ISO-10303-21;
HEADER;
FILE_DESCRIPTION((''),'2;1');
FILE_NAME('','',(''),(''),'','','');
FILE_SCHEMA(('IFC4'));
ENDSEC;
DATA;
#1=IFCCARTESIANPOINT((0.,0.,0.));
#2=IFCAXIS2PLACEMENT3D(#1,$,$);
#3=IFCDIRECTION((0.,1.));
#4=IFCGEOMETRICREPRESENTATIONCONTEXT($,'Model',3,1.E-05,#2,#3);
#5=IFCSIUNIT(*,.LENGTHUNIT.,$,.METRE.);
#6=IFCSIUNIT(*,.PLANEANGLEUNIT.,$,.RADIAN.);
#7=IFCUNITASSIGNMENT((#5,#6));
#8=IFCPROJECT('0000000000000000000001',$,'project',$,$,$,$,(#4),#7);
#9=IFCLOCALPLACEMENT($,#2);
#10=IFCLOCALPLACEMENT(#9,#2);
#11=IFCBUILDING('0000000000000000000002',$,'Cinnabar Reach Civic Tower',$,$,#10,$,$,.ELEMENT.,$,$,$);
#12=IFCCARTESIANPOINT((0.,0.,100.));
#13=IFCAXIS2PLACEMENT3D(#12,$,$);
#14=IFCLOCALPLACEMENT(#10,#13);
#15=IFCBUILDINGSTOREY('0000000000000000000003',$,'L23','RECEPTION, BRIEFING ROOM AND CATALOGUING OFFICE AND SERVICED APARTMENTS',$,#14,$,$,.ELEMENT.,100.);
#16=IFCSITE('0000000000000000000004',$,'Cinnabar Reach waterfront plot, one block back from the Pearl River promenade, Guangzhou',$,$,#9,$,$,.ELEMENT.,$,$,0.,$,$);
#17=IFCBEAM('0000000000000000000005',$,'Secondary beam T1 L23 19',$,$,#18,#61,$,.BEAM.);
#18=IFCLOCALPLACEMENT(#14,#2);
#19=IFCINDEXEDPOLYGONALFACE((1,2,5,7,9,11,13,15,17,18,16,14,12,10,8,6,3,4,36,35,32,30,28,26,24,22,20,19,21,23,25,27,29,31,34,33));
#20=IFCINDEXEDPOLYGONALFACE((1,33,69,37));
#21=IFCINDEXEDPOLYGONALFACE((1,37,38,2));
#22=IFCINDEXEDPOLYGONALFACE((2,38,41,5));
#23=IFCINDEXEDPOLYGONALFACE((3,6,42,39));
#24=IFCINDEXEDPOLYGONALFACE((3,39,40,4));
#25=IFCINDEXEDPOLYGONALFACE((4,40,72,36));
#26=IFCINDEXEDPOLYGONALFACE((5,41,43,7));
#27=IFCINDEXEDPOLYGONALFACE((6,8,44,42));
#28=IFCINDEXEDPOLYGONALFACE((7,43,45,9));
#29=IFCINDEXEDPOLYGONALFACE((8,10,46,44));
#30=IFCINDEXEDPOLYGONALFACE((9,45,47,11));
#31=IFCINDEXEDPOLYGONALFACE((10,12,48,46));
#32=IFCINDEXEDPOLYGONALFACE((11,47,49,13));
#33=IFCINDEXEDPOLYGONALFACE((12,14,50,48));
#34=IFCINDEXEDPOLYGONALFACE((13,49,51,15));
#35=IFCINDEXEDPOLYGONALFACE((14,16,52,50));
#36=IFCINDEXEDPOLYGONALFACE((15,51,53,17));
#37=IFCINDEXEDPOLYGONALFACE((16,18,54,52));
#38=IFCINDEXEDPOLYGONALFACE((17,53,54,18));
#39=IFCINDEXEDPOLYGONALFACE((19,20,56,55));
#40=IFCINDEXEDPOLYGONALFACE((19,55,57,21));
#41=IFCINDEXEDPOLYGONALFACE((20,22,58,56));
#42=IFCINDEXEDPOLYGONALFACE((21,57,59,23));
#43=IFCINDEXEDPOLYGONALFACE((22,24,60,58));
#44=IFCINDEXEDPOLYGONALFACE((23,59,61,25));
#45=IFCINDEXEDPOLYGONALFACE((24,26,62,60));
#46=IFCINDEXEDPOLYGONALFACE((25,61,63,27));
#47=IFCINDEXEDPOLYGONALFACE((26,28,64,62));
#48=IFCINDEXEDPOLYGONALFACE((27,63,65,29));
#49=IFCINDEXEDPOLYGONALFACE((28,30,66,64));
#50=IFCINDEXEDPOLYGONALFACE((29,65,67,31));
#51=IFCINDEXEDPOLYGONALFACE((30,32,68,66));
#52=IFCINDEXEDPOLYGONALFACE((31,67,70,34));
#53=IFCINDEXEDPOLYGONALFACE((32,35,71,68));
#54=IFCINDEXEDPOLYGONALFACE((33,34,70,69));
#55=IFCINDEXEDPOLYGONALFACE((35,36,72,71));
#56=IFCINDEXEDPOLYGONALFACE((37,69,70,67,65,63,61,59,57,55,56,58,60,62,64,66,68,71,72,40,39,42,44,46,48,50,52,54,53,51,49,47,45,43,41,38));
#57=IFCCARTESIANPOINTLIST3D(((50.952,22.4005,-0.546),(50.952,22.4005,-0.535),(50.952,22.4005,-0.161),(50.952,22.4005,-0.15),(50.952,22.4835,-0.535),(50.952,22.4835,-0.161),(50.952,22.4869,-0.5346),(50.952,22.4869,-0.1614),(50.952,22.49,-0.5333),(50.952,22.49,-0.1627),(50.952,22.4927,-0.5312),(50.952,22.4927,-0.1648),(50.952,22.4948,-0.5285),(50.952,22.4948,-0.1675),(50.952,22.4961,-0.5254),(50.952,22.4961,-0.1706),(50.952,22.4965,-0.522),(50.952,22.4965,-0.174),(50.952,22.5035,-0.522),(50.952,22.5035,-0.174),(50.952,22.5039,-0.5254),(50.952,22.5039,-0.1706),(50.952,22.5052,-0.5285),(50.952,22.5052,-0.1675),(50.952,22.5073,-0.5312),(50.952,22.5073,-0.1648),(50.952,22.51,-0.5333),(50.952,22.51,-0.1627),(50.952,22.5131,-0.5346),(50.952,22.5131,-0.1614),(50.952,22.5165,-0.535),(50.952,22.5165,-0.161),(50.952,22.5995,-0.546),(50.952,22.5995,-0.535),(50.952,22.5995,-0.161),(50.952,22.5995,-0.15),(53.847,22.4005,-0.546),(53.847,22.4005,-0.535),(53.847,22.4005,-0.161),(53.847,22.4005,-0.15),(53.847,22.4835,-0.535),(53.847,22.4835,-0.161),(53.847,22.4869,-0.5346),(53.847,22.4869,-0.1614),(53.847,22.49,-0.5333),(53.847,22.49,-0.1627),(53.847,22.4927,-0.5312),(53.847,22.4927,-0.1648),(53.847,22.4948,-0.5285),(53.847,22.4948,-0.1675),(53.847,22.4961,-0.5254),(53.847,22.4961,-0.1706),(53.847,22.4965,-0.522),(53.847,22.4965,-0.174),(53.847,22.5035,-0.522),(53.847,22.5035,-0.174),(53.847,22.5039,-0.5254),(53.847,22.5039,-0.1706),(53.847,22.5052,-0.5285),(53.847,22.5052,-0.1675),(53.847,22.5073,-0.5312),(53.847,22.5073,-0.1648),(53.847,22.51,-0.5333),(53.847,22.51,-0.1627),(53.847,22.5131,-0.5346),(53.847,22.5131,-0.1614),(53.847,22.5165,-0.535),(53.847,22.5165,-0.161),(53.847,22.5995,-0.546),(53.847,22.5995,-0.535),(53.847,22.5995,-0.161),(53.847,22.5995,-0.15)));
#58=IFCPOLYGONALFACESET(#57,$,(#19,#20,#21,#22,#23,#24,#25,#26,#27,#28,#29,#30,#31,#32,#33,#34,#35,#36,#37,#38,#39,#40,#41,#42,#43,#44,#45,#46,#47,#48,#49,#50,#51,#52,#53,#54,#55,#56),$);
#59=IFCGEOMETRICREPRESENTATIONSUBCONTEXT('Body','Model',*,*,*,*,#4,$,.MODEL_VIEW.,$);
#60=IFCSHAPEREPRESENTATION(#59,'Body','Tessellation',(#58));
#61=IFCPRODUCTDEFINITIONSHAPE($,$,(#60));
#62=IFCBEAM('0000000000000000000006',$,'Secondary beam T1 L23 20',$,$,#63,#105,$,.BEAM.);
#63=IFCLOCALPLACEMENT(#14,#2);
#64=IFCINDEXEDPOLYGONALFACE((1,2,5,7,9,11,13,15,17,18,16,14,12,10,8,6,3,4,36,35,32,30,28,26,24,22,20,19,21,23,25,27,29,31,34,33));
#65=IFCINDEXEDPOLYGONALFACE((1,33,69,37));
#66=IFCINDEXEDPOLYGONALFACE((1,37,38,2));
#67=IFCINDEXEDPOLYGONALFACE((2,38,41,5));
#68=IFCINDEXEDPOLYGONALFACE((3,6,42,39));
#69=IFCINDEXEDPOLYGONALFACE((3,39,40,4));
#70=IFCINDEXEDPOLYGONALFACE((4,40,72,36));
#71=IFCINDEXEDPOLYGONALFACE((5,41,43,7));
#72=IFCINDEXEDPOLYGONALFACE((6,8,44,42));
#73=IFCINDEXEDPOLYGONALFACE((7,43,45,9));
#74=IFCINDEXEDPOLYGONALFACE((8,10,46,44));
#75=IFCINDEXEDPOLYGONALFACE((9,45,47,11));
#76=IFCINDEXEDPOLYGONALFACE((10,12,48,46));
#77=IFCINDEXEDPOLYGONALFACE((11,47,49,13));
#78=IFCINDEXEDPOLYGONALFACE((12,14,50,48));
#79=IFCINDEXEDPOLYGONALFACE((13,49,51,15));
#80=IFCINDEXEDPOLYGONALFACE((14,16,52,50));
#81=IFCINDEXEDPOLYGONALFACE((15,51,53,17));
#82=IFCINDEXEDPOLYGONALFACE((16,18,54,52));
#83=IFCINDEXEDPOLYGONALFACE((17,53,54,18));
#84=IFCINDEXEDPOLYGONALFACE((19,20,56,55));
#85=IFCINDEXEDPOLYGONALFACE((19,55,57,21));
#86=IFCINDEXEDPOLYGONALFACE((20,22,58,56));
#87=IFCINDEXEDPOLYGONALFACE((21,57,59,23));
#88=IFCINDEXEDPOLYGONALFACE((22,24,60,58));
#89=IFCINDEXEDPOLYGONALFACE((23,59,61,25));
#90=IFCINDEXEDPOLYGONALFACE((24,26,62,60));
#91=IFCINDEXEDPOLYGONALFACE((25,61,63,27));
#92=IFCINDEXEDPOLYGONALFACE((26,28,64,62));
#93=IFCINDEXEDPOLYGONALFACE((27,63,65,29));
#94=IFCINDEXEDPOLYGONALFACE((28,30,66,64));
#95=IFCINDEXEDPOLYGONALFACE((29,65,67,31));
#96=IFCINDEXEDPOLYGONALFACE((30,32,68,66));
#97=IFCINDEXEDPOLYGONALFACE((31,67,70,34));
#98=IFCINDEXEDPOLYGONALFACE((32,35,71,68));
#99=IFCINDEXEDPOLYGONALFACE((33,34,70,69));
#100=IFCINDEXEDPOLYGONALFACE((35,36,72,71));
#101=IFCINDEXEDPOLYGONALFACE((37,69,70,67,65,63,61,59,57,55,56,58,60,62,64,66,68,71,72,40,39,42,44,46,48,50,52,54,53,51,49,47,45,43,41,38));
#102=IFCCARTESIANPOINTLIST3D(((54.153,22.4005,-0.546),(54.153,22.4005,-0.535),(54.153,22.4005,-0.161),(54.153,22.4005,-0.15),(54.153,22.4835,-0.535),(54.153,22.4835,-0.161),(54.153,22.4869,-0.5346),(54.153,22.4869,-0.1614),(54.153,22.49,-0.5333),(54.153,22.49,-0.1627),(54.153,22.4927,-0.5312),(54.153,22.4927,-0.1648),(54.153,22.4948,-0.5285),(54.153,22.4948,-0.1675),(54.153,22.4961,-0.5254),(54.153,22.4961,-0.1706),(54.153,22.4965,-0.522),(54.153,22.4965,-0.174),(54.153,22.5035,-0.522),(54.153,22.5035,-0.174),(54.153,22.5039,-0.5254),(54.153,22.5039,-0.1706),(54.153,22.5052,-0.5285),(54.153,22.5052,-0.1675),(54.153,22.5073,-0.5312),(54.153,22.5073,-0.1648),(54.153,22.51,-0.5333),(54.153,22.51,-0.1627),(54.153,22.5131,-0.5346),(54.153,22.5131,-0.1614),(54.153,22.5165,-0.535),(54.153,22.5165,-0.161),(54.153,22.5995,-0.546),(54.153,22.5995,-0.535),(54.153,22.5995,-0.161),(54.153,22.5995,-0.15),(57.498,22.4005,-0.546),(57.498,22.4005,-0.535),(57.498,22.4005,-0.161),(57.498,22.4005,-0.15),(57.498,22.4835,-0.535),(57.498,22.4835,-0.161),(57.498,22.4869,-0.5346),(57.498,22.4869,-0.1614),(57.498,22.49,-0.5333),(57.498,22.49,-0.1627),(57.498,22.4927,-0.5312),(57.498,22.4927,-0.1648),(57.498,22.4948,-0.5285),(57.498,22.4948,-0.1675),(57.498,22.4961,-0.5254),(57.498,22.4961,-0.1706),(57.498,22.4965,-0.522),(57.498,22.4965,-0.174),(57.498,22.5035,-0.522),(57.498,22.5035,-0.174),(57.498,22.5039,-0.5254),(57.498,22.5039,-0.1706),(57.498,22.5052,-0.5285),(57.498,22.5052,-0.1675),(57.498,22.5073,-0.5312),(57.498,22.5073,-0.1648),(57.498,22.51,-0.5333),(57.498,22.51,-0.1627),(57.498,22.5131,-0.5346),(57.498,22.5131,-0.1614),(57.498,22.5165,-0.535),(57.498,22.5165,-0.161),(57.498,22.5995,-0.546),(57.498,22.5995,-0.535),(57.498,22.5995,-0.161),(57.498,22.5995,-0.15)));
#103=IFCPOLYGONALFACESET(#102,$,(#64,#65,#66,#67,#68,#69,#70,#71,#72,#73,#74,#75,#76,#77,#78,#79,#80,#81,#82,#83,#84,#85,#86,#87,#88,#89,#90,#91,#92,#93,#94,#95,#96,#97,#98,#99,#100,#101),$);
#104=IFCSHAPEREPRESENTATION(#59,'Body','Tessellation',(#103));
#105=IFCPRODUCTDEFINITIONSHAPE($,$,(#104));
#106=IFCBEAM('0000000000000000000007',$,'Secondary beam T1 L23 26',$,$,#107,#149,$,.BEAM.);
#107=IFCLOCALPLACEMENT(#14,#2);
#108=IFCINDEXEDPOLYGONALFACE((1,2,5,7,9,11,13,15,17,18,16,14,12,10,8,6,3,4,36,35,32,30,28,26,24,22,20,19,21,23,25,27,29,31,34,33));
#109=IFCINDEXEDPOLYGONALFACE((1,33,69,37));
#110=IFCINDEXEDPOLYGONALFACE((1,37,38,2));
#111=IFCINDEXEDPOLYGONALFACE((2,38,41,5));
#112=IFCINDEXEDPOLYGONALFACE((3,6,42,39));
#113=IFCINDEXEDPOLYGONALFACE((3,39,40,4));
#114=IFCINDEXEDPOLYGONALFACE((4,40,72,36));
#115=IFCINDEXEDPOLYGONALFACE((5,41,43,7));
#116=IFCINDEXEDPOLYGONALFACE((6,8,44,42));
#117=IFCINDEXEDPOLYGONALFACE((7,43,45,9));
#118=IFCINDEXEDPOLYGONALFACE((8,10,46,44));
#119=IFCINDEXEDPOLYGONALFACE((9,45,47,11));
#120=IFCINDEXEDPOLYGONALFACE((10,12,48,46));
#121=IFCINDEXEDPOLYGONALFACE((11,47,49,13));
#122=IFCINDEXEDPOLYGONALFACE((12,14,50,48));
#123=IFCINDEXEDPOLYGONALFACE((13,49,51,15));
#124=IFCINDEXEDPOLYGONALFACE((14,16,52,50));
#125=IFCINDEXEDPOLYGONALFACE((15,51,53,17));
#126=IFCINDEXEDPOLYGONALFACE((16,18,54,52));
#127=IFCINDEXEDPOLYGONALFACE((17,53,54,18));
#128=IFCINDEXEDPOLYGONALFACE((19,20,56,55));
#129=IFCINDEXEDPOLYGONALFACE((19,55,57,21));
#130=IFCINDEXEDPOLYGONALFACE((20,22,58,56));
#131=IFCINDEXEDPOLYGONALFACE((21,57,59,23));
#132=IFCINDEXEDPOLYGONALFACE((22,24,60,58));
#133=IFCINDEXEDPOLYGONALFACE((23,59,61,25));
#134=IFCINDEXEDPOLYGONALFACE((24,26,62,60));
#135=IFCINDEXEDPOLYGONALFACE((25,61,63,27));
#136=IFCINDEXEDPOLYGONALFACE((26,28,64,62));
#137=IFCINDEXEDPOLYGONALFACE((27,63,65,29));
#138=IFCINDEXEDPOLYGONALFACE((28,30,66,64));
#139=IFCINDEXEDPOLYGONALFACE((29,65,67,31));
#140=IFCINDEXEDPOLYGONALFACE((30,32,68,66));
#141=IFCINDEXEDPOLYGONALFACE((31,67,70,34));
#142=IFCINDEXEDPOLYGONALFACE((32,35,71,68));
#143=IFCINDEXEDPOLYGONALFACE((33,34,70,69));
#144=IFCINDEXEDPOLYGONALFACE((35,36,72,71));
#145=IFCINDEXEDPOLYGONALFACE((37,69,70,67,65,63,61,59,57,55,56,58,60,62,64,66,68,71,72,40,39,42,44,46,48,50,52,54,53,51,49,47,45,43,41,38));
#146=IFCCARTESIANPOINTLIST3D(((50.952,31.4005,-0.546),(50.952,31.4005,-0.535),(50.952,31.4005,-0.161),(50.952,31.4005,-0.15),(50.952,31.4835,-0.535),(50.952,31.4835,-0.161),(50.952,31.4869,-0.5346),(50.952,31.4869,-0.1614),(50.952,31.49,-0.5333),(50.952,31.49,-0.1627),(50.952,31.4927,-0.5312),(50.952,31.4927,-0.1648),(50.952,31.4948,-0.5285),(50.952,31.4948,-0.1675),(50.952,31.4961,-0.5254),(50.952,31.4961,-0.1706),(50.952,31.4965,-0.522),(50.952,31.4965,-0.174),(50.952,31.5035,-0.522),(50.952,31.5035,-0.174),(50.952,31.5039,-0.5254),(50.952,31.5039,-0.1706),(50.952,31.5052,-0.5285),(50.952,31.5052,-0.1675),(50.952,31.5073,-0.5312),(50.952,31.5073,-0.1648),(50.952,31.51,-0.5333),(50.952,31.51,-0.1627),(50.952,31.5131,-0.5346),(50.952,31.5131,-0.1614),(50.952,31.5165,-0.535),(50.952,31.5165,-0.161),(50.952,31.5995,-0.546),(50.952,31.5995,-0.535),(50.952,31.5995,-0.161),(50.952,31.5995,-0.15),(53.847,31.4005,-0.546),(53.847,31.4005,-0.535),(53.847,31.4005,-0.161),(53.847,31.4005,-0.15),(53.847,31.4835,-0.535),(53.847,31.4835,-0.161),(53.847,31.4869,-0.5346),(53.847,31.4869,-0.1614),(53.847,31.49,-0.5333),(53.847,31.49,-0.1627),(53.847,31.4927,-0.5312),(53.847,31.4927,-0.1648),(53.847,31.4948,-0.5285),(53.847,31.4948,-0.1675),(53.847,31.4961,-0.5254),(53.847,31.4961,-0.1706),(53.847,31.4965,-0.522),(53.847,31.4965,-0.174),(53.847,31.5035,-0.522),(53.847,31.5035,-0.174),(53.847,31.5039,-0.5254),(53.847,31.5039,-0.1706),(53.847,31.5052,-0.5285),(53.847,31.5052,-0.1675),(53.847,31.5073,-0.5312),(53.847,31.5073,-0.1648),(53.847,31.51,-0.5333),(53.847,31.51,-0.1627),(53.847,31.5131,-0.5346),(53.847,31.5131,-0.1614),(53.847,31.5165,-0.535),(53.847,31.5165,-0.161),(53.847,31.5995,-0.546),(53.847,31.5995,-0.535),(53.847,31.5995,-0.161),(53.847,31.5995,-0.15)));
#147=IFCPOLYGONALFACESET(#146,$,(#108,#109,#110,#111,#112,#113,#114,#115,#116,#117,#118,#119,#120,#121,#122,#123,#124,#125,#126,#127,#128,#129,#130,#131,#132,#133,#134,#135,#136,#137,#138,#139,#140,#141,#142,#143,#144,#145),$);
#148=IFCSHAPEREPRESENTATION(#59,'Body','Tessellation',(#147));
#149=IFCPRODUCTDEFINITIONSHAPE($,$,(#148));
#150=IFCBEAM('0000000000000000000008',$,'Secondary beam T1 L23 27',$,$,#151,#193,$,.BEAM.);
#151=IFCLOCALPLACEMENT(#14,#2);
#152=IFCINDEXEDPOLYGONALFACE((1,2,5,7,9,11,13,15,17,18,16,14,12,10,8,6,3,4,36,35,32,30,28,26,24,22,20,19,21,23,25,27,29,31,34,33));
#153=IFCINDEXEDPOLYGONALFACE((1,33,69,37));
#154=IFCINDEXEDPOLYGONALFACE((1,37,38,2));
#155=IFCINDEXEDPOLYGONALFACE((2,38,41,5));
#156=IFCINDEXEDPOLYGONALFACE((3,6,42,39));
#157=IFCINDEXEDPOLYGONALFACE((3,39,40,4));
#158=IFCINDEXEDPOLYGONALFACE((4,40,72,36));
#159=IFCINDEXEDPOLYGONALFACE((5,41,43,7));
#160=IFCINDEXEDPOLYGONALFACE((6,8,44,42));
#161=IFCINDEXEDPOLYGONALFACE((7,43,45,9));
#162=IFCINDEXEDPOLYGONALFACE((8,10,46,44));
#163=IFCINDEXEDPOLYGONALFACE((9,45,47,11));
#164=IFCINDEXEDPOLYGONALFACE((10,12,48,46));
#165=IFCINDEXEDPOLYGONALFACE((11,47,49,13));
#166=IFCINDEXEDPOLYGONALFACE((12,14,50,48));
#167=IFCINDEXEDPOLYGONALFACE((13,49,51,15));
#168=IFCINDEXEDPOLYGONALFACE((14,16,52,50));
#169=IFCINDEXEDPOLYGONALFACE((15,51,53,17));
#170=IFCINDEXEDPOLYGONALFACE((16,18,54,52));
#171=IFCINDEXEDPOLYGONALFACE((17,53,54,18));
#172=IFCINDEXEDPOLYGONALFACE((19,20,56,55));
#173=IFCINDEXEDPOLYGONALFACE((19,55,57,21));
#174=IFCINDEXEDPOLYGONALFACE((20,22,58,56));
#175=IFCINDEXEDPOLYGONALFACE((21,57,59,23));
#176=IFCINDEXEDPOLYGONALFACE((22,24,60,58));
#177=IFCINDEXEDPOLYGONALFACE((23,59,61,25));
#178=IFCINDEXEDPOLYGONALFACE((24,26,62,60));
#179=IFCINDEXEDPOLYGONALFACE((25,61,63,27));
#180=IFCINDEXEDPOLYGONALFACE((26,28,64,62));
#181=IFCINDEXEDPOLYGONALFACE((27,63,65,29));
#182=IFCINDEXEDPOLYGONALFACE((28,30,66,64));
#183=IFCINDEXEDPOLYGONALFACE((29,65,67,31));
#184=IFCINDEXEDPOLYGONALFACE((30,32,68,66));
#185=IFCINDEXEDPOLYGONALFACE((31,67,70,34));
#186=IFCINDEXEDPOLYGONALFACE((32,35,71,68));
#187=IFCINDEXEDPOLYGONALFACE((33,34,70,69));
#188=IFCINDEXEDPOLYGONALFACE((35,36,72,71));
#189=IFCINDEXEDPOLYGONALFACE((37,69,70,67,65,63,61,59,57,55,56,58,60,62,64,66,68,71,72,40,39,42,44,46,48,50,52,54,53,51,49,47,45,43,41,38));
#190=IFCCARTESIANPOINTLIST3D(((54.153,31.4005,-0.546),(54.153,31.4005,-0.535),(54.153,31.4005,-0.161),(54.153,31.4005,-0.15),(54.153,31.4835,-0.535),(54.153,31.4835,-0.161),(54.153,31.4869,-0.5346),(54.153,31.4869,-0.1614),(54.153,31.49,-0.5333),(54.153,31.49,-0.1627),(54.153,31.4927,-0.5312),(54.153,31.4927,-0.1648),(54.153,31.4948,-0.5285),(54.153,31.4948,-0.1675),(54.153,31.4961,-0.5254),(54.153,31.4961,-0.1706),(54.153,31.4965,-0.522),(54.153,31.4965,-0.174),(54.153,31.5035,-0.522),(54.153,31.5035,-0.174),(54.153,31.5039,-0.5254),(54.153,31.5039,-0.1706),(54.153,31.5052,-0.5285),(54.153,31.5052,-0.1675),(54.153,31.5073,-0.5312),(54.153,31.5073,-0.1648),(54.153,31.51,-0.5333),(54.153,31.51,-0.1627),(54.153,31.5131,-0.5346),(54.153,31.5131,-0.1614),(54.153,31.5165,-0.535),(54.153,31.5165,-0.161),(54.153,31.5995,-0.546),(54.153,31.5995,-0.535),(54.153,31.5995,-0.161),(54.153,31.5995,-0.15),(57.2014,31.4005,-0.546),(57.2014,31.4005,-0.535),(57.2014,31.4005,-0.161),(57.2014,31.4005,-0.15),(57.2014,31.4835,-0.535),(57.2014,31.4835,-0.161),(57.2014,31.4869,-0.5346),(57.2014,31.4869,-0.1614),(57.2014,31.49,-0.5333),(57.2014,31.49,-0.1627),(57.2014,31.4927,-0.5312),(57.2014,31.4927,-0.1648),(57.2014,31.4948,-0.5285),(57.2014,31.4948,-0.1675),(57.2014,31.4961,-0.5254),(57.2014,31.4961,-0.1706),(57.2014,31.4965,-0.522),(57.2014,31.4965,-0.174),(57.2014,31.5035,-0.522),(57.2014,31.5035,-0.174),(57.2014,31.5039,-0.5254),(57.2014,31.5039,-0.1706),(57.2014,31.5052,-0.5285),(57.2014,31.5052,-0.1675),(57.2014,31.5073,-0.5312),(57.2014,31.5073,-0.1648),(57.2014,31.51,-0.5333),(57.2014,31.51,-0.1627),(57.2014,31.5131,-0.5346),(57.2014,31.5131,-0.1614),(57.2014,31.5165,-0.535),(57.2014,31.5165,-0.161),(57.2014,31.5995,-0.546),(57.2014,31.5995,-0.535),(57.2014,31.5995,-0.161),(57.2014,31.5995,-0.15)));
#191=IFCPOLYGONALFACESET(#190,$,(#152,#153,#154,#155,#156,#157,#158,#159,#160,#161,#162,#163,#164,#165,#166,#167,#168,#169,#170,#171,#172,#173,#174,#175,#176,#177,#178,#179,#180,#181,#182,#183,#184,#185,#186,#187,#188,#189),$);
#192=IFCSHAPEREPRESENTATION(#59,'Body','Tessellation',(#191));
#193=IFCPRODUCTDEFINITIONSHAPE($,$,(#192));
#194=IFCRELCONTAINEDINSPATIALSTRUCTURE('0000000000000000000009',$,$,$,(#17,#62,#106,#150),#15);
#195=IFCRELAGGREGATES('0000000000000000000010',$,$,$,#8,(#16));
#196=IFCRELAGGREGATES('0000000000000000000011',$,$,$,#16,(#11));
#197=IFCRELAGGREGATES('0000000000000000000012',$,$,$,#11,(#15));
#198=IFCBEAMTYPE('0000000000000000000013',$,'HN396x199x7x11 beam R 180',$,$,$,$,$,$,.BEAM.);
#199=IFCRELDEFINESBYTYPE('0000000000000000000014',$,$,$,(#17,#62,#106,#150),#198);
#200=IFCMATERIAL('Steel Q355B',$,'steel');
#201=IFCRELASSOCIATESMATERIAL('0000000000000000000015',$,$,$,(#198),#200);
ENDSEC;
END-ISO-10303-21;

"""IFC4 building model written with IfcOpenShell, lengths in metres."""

from ifc_helpers import new_model, si_unit, direction, frame, origin, origin_2d, place, context, subcontext, project, spatial, i_section, extrude, material, material_profile, profile_set, type_object, element, save


model = new_model("IFC4")

# Units and contexts
model_context = context("Model", 3, precision=1e-05, world=origin(), true_north=direction((0.0, 1.0)))
body_context = subcontext(model_context, "Body", "Model", "MODEL_VIEW")
ifc_project = project(units=[si_unit("LENGTHUNIT", "METRE"), si_unit("PLANEANGLEUNIT", "RADIAN")], contexts=[model_context])

# Site, building, storey
site_placement = place(None, origin())
site = spatial("IfcSite", under=ifc_project, at=site_placement, Name="Cinnabar Reach waterfront plot, one block back from the Pearl River promenade, Guangzhou", CompositionType="ELEMENT", RefElevation=0.0)
building_placement = place(site_placement, origin())
building = spatial("IfcBuilding", under=site, at=building_placement, Name="Cinnabar Reach Civic Tower", CompositionType="ELEMENT")
storey_placement = place(building_placement, frame((0.0, 0.0, 100.0)))
storey = spatial("IfcBuildingStorey", under=building, at=storey_placement, Name="L23", Description="RECEPTION, BRIEFING ROOM AND CATALOGUING OFFICE AND SERVICED APARTMENTS", CompositionType="ELEMENT", Elevation=100.0)

# Beams
ifc_material_1 = material(Name="Steel Q355B", Category="steel")
ifc_material_profile_1 = material_profile(ifc_material_1, i_section(OverallWidth=0.199, OverallDepth=0.396, WebThickness=0.007, FlangeThickness=0.011, FilletRadius=0.013, at=origin_2d()), Name="HN396x199x7x11")
ifc_profile_set_1 = profile_set([ifc_material_profile_1], Name="Steel Q355B")
beam_type_1 = type_object("IfcBeamType", Name="HN396x199x7x11 beam R 180", PredefinedType="BEAM", material=ifc_profile_set_1)
beam_1_placement = place(storey_placement, frame((50.952, 22.5, -0.348), z_axis=(1.0, 0.0, 0.0), x_axis=(0.0, 1.0, 0.0)))
element("IfcBeam", 1, at=beam_1_placement, inside=storey, type_object=beam_type_1, Name="Secondary beam T1 L23 19", PredefinedType="BEAM", context=body_context, shape_type="SweptSolid", body=[
    extrude(i_section(OverallWidth=0.199, OverallDepth=0.396, WebThickness=0.007, FlangeThickness=0.011, FilletRadius=0.013, at=origin_2d()), origin(), (0.0, 0.0, 1.0), 2.895),
])
beam_2_placement = place(storey_placement, frame((54.153, 22.5, -0.348), z_axis=(1.0, 0.0, 0.0), x_axis=(0.0, 1.0, 0.0)))
element("IfcBeam", 2, at=beam_2_placement, inside=storey, type_object=beam_type_1, Name="Secondary beam T1 L23 20", PredefinedType="BEAM", context=body_context, shape_type="SweptSolid", body=[
    extrude(i_section(OverallWidth=0.199, OverallDepth=0.396, WebThickness=0.007, FlangeThickness=0.011, FilletRadius=0.013, at=origin_2d()), origin(), (0.0, 0.0, 1.0), 3.345),
])
beam_3_placement = place(storey_placement, frame((50.952, 31.5, -0.348), z_axis=(1.0, 0.0, 0.0), x_axis=(0.0, 1.0, 0.0)))
element("IfcBeam", 3, at=beam_3_placement, inside=storey, type_object=beam_type_1, Name="Secondary beam T1 L23 26", PredefinedType="BEAM", context=body_context, shape_type="SweptSolid", body=[
    extrude(i_section(OverallWidth=0.199, OverallDepth=0.396, WebThickness=0.007, FlangeThickness=0.011, FilletRadius=0.013, at=origin_2d()), origin(), (0.0, 0.0, 1.0), 2.895),
])
beam_4_placement = place(storey_placement, frame((54.153, 31.5, -0.348), z_axis=(1.0, 0.0, 0.0), x_axis=(0.0, 1.0, 0.0)))
element("IfcBeam", 4, at=beam_4_placement, inside=storey, type_object=beam_type_1, Name="Secondary beam T1 L23 27", PredefinedType="BEAM", context=body_context, shape_type="SweptSolid", body=[
    extrude(i_section(OverallWidth=0.199, OverallDepth=0.396, WebThickness=0.007, FlangeThickness=0.011, FilletRadius=0.013, at=origin_2d()), origin(), (0.0, 0.0, 1.0), 3.0484),
])

save(model, "model.ifc")
